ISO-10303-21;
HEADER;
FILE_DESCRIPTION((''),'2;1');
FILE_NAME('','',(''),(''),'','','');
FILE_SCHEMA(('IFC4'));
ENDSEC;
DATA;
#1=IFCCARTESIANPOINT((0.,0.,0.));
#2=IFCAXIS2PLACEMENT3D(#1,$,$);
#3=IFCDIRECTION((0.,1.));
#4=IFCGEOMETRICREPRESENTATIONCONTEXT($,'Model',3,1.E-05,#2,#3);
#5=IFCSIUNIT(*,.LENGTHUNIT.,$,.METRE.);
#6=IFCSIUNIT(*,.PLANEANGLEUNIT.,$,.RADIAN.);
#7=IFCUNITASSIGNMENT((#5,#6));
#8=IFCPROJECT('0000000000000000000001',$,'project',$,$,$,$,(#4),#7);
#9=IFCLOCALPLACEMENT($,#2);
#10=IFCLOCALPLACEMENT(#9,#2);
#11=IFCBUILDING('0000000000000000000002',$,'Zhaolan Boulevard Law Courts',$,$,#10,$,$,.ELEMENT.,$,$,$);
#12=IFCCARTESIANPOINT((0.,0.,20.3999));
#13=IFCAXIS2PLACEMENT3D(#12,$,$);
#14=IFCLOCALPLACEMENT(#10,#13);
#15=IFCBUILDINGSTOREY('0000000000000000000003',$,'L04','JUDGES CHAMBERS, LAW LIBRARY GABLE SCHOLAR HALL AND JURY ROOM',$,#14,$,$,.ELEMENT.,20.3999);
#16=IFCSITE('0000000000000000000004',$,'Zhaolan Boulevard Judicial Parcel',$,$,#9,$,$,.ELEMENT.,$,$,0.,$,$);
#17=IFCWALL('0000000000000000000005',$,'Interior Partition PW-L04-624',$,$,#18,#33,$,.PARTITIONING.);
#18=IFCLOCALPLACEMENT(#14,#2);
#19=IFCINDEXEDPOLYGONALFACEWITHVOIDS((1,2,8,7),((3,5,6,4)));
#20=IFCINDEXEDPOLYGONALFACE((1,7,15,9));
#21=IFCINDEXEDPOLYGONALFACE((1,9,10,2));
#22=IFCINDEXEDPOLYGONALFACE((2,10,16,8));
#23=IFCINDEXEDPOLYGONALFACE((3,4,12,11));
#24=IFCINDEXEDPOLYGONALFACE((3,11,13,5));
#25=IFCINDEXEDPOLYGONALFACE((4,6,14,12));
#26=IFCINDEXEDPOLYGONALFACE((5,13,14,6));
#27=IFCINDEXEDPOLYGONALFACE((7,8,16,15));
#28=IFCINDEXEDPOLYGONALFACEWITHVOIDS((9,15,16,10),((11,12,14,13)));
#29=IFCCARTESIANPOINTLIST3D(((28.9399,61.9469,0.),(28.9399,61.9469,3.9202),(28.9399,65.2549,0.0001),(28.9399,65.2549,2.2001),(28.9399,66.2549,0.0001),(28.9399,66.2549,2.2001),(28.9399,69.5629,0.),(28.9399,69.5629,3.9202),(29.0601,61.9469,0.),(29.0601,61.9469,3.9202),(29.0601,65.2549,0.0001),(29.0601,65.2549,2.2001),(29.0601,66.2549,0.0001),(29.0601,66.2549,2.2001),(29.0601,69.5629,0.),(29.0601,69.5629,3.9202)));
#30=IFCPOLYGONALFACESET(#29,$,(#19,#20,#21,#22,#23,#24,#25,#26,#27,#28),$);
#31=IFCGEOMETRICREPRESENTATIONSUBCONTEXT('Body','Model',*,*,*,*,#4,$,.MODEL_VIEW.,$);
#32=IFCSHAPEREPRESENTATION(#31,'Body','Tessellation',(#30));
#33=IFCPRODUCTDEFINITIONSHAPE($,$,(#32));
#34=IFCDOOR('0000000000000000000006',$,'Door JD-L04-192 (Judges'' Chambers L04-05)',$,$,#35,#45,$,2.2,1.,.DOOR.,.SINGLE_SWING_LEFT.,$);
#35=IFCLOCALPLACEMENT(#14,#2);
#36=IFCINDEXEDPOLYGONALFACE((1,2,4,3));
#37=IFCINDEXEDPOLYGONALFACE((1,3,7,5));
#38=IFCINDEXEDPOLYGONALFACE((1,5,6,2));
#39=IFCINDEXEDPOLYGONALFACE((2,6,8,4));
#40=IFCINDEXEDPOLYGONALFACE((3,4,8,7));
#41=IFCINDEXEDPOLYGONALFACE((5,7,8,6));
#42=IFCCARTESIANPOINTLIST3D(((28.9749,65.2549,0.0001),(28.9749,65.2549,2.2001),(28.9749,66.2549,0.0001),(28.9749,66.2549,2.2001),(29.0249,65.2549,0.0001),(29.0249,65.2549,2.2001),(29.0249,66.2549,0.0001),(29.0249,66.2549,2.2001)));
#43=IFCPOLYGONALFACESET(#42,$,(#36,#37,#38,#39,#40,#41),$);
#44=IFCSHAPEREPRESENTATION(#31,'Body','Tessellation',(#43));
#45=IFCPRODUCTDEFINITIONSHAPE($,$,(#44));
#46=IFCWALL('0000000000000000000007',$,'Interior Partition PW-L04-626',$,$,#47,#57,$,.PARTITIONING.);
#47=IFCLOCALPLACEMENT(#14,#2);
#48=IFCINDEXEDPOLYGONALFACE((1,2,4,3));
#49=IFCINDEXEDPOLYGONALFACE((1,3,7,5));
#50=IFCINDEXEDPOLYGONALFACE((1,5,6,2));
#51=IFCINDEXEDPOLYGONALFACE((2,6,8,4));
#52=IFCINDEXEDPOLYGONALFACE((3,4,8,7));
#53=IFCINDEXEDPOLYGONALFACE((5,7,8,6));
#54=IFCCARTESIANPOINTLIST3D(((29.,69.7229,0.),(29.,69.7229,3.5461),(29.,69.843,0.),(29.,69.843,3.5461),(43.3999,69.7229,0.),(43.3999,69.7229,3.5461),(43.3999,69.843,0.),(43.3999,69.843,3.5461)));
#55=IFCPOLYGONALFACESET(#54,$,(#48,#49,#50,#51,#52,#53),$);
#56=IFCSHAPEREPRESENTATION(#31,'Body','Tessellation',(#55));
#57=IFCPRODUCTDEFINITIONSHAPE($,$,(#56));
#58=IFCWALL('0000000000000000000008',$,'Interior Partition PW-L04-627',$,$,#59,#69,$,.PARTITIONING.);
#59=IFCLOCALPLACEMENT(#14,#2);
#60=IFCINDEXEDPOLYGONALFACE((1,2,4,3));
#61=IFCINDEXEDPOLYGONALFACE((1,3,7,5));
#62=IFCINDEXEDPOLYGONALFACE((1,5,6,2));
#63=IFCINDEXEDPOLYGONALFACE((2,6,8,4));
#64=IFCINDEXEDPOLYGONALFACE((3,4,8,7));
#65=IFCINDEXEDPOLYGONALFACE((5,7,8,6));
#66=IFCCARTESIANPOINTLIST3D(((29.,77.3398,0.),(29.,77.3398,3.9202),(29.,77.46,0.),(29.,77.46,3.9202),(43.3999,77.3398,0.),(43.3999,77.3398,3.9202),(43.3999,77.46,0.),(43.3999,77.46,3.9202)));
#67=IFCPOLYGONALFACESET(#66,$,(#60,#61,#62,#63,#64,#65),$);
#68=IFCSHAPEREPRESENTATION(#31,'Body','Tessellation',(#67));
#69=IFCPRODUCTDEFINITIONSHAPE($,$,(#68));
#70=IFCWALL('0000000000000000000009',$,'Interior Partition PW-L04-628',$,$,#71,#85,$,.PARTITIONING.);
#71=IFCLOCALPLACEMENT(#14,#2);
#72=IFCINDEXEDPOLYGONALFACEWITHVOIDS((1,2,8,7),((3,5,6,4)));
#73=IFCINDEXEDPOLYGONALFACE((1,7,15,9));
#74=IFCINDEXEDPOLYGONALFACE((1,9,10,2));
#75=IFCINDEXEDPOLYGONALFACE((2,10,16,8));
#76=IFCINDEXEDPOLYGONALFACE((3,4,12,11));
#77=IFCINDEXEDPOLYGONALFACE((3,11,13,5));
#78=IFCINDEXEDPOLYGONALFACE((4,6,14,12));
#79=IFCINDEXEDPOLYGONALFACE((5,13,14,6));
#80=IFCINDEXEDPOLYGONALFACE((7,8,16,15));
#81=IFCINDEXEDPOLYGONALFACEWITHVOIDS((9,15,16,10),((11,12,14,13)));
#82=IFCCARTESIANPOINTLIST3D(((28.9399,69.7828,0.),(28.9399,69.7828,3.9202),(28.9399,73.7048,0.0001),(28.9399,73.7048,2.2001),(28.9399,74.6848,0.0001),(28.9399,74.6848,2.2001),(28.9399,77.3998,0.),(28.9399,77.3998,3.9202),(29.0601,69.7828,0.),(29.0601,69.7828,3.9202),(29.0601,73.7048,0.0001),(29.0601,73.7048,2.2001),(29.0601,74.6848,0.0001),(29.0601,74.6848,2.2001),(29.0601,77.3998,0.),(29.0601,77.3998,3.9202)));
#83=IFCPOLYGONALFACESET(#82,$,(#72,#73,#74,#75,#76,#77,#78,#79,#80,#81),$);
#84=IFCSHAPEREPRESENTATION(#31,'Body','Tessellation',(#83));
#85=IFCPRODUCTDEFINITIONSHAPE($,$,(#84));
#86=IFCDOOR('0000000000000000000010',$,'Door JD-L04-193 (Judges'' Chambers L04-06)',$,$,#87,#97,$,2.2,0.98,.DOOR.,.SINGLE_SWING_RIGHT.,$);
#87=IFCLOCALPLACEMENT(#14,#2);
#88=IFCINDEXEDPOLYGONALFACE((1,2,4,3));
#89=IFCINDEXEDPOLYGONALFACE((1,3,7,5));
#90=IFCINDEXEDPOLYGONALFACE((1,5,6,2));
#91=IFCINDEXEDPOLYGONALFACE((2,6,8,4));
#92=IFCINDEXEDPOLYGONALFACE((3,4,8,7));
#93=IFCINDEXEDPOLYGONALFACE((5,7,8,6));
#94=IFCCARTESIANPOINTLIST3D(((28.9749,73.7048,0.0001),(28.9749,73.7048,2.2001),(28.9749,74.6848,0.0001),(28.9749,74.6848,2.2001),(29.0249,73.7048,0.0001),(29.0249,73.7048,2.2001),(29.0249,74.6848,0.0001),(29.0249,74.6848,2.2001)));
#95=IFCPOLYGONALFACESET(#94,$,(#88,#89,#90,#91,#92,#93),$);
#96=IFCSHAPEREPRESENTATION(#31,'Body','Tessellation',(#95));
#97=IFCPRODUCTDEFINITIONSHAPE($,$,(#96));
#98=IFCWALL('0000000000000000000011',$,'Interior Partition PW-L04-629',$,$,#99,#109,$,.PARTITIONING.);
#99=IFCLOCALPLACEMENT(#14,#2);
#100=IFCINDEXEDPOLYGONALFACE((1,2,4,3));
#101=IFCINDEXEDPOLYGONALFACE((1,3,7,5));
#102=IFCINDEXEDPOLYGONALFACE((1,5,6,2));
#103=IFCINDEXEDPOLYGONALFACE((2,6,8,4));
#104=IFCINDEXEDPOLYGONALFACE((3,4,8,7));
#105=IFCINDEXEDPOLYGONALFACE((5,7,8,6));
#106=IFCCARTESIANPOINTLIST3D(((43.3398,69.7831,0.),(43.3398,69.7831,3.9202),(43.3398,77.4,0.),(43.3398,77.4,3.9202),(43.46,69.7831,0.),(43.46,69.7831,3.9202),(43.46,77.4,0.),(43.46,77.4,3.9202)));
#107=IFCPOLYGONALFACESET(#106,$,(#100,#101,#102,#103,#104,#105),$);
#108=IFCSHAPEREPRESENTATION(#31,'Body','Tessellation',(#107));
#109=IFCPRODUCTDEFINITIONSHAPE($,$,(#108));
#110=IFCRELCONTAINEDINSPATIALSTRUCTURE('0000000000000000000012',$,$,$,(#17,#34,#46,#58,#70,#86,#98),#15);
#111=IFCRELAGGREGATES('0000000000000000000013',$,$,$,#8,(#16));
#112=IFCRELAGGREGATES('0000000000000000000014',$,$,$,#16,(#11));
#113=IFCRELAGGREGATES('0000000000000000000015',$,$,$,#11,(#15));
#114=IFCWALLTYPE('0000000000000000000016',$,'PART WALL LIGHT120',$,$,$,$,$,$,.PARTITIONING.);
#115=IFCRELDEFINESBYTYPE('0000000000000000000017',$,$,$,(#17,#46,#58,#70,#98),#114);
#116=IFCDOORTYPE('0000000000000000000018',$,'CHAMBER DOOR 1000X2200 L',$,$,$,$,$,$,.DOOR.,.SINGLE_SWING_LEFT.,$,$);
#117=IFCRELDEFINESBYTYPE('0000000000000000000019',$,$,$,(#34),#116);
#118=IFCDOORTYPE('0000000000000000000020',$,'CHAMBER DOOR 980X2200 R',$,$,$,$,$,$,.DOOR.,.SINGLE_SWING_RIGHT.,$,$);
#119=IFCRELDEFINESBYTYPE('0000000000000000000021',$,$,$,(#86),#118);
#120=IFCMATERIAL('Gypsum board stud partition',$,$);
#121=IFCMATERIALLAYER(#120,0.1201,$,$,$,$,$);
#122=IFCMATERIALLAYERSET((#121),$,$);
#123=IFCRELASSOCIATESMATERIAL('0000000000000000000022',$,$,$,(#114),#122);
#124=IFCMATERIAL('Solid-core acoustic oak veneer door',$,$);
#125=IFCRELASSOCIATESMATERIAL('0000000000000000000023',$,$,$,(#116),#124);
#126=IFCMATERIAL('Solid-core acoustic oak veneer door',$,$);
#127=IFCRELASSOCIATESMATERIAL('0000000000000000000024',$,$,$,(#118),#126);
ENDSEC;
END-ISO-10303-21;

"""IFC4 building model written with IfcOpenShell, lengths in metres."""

from ifc_helpers import new_model, si_unit, direction, frame, frame_2d, origin, place, context, subcontext, project, spatial, rectangle, extrude, material, layer, layer_set, type_object, element, fill, save


model = new_model("IFC4")

# Units and contexts
model_context = context("Model", 3, precision=1e-05, world=origin(), true_north=direction((0.0, 1.0)))
body_context = subcontext(model_context, "Body", "Model", "MODEL_VIEW")
ifc_project = project(units=[si_unit("LENGTHUNIT", "METRE"), si_unit("PLANEANGLEUNIT", "RADIAN")], contexts=[model_context])

# Site, building, storey
site_placement = place(None, origin())
site = spatial("IfcSite", under=ifc_project, at=site_placement, Name="Zhaolan Boulevard Judicial Parcel", CompositionType="ELEMENT", RefElevation=0.0)
building_placement = place(site_placement, origin())
building = spatial("IfcBuilding", under=site, at=building_placement, Name="Zhaolan Boulevard Law Courts", CompositionType="ELEMENT")
storey_placement = place(building_placement, frame((0.0, 0.0, 20.3999)))
storey = spatial("IfcBuildingStorey", under=building, at=storey_placement, Name="L04", Description="JUDGES CHAMBERS, LAW LIBRARY GABLE SCHOLAR HALL AND JURY ROOM", CompositionType="ELEMENT", Elevation=20.3999)

# Shared definitions
ifc_material_1 = material(Name="Gypsum board stud partition")
ifc_layer_1 = layer(ifc_material_1, 0.1201)
ifc_layer_set_1 = layer_set([ifc_layer_1])
wall_type = type_object("IfcWallType", Name="PART WALL LIGHT120", PredefinedType="PARTITIONING", material=ifc_layer_set_1)

# Wall, opening, door
wall_1_placement = place(storey_placement, frame((29.0, 69.563, 0.0), z_axis=(0.0, 0.0, 1.0), x_axis=(0.0, -1.0, 0.0)))
wall_1 = element("IfcWall", 1, at=wall_1_placement, inside=storey, type_object=wall_type, Name="Interior Partition PW-L04-624", PredefinedType="PARTITIONING", context=body_context, shape_type="SweptSolid", body=[
    extrude(rectangle(XDim=7.616, YDim=0.1201, at=frame_2d((3.8081, 0.0))), origin(), (0.0, 0.0, 1.0), 3.9202),
])
opening_1_placement = place(wall_1_placement, frame((3.3081, 0.0, 0.0)))
opening_1 = element("IfcOpeningElement", 2, at=opening_1_placement, cuts=wall_1, PredefinedType="OPENING", context=body_context, shape_type="SweptSolid", body=[
    extrude(rectangle(XDim=1.0, YDim=2.2, at=frame_2d((0.5, 1.1001))), frame((0.0, 0.0701, 0.0), z_axis=(0.0, -1.0, 0.0), x_axis=(1.0, 0.0, 0.0)), (0.0, 0.0, 1.0), 0.1401),
])
ifc_material_2 = material(Name="Solid-core acoustic oak veneer door")
door_type_1 = type_object("IfcDoorType", Name="CHAMBER DOOR 1000X2200 L", OperationType="SINGLE_SWING_LEFT", PredefinedType="DOOR", material=ifc_material_2)
door_1_placement = place(opening_1_placement, origin())
door_1 = element("IfcDoor", 3, at=door_1_placement, inside=storey, type_object=door_type_1, Name="Door JD-L04-192 (Judges' Chambers L04-05)", OperationType="SINGLE_SWING_LEFT", OverallHeight=2.2, OverallWidth=1.0, PredefinedType="DOOR", context=body_context, shape_type="SweptSolid", body=[
    extrude(rectangle(XDim=1.0, YDim=2.2, at=frame_2d((0.5, 1.1001))), frame((0.0, 0.0249, 0.0), z_axis=(0.0, -1.0, 0.0), x_axis=(1.0, 0.0, 0.0)), (0.0, 0.0, 1.0), 0.05),
])
fill(opening_1, door_1)

# Walls
wall_2_placement = place(storey_placement, frame((29.0, 69.783, 0.0), z_axis=(0.0, 0.0, 1.0), x_axis=(1.0, 0.0, 0.0)))
element("IfcWall", 4, at=wall_2_placement, inside=storey, type_object=wall_type, Name="Interior Partition PW-L04-626", PredefinedType="PARTITIONING", context=body_context, shape_type="SweptSolid", body=[
    extrude(rectangle(XDim=14.3999, YDim=0.1201, at=frame_2d((7.2, 0.0))), origin(), (0.0, 0.0, 1.0), 3.5461),
])
wall_3_placement = place(storey_placement, frame((43.3999, 77.3999, 0.0), z_axis=(0.0, 0.0, 1.0), x_axis=(-1.0, 0.0, 0.0)))
element("IfcWall", 5, at=wall_3_placement, inside=storey, type_object=wall_type, Name="Interior Partition PW-L04-627", PredefinedType="PARTITIONING", context=body_context, shape_type="SweptSolid", body=[
    extrude(rectangle(XDim=14.3999, YDim=0.1201, at=frame_2d((7.2, 0.0))), origin(), (0.0, 0.0, 1.0), 3.9202),
])

# Wall, opening, door
wall_4_placement = place(storey_placement, frame((29.0, 77.3999, 0.0), z_axis=(0.0, 0.0, 1.0), x_axis=(0.0, -1.0, 0.0)))
wall_4 = element("IfcWall", 6, at=wall_4_placement, inside=storey, type_object=wall_type, Name="Interior Partition PW-L04-628", PredefinedType="PARTITIONING", context=body_context, shape_type="SweptSolid", body=[
    extrude(rectangle(XDim=7.6169, YDim=0.1201, at=frame_2d((3.8086, 0.0))), origin(), (0.0, 0.0, 1.0), 3.9202),
])
opening_2_placement = place(wall_4_placement, frame((2.7151, 0.0, 0.0)))
opening_2 = element("IfcOpeningElement", 7, at=opening_2_placement, cuts=wall_4, PredefinedType="OPENING", context=body_context, shape_type="SweptSolid", body=[
    extrude(rectangle(XDim=0.98, YDim=2.2, at=frame_2d((0.49, 1.1001))), frame((0.0, 0.0701, 0.0), z_axis=(0.0, -1.0, 0.0), x_axis=(1.0, 0.0, 0.0)), (0.0, 0.0, 1.0), 0.1401),
])
ifc_material_3 = material(Name="Solid-core acoustic oak veneer door")
door_type_2 = type_object("IfcDoorType", Name="CHAMBER DOOR 980X2200 R", OperationType="SINGLE_SWING_RIGHT", PredefinedType="DOOR", material=ifc_material_3)
door_2_placement = place(opening_2_placement, origin())
door_2 = element("IfcDoor", 8, at=door_2_placement, inside=storey, type_object=door_type_2, Name="Door JD-L04-193 (Judges' Chambers L04-06)", OperationType="SINGLE_SWING_RIGHT", OverallHeight=2.2, OverallWidth=0.98, PredefinedType="DOOR", context=body_context, shape_type="SweptSolid", body=[
    extrude(rectangle(XDim=0.98, YDim=2.2, at=frame_2d((0.49, 1.1001))), frame((0.0, 0.0249, 0.0), z_axis=(0.0, -1.0, 0.0), x_axis=(1.0, 0.0, 0.0)), (0.0, 0.0, 1.0), 0.05),
])
fill(opening_2, door_2)

# Wall
wall_5_placement = place(storey_placement, frame((43.3999, 69.783, 0.0), z_axis=(0.0, 0.0, 1.0), x_axis=(0.0, 1.0, 0.0)))
element("IfcWall", 9, at=wall_5_placement, inside=storey, type_object=wall_type, Name="Interior Partition PW-L04-629", PredefinedType="PARTITIONING", context=body_context, shape_type="SweptSolid", body=[
    extrude(rectangle(XDim=7.6169, YDim=0.1201, at=frame_2d((3.8086, 0.0))), origin(), (0.0, 0.0, 1.0), 3.9202),
])

save(model, "model.ifc")
